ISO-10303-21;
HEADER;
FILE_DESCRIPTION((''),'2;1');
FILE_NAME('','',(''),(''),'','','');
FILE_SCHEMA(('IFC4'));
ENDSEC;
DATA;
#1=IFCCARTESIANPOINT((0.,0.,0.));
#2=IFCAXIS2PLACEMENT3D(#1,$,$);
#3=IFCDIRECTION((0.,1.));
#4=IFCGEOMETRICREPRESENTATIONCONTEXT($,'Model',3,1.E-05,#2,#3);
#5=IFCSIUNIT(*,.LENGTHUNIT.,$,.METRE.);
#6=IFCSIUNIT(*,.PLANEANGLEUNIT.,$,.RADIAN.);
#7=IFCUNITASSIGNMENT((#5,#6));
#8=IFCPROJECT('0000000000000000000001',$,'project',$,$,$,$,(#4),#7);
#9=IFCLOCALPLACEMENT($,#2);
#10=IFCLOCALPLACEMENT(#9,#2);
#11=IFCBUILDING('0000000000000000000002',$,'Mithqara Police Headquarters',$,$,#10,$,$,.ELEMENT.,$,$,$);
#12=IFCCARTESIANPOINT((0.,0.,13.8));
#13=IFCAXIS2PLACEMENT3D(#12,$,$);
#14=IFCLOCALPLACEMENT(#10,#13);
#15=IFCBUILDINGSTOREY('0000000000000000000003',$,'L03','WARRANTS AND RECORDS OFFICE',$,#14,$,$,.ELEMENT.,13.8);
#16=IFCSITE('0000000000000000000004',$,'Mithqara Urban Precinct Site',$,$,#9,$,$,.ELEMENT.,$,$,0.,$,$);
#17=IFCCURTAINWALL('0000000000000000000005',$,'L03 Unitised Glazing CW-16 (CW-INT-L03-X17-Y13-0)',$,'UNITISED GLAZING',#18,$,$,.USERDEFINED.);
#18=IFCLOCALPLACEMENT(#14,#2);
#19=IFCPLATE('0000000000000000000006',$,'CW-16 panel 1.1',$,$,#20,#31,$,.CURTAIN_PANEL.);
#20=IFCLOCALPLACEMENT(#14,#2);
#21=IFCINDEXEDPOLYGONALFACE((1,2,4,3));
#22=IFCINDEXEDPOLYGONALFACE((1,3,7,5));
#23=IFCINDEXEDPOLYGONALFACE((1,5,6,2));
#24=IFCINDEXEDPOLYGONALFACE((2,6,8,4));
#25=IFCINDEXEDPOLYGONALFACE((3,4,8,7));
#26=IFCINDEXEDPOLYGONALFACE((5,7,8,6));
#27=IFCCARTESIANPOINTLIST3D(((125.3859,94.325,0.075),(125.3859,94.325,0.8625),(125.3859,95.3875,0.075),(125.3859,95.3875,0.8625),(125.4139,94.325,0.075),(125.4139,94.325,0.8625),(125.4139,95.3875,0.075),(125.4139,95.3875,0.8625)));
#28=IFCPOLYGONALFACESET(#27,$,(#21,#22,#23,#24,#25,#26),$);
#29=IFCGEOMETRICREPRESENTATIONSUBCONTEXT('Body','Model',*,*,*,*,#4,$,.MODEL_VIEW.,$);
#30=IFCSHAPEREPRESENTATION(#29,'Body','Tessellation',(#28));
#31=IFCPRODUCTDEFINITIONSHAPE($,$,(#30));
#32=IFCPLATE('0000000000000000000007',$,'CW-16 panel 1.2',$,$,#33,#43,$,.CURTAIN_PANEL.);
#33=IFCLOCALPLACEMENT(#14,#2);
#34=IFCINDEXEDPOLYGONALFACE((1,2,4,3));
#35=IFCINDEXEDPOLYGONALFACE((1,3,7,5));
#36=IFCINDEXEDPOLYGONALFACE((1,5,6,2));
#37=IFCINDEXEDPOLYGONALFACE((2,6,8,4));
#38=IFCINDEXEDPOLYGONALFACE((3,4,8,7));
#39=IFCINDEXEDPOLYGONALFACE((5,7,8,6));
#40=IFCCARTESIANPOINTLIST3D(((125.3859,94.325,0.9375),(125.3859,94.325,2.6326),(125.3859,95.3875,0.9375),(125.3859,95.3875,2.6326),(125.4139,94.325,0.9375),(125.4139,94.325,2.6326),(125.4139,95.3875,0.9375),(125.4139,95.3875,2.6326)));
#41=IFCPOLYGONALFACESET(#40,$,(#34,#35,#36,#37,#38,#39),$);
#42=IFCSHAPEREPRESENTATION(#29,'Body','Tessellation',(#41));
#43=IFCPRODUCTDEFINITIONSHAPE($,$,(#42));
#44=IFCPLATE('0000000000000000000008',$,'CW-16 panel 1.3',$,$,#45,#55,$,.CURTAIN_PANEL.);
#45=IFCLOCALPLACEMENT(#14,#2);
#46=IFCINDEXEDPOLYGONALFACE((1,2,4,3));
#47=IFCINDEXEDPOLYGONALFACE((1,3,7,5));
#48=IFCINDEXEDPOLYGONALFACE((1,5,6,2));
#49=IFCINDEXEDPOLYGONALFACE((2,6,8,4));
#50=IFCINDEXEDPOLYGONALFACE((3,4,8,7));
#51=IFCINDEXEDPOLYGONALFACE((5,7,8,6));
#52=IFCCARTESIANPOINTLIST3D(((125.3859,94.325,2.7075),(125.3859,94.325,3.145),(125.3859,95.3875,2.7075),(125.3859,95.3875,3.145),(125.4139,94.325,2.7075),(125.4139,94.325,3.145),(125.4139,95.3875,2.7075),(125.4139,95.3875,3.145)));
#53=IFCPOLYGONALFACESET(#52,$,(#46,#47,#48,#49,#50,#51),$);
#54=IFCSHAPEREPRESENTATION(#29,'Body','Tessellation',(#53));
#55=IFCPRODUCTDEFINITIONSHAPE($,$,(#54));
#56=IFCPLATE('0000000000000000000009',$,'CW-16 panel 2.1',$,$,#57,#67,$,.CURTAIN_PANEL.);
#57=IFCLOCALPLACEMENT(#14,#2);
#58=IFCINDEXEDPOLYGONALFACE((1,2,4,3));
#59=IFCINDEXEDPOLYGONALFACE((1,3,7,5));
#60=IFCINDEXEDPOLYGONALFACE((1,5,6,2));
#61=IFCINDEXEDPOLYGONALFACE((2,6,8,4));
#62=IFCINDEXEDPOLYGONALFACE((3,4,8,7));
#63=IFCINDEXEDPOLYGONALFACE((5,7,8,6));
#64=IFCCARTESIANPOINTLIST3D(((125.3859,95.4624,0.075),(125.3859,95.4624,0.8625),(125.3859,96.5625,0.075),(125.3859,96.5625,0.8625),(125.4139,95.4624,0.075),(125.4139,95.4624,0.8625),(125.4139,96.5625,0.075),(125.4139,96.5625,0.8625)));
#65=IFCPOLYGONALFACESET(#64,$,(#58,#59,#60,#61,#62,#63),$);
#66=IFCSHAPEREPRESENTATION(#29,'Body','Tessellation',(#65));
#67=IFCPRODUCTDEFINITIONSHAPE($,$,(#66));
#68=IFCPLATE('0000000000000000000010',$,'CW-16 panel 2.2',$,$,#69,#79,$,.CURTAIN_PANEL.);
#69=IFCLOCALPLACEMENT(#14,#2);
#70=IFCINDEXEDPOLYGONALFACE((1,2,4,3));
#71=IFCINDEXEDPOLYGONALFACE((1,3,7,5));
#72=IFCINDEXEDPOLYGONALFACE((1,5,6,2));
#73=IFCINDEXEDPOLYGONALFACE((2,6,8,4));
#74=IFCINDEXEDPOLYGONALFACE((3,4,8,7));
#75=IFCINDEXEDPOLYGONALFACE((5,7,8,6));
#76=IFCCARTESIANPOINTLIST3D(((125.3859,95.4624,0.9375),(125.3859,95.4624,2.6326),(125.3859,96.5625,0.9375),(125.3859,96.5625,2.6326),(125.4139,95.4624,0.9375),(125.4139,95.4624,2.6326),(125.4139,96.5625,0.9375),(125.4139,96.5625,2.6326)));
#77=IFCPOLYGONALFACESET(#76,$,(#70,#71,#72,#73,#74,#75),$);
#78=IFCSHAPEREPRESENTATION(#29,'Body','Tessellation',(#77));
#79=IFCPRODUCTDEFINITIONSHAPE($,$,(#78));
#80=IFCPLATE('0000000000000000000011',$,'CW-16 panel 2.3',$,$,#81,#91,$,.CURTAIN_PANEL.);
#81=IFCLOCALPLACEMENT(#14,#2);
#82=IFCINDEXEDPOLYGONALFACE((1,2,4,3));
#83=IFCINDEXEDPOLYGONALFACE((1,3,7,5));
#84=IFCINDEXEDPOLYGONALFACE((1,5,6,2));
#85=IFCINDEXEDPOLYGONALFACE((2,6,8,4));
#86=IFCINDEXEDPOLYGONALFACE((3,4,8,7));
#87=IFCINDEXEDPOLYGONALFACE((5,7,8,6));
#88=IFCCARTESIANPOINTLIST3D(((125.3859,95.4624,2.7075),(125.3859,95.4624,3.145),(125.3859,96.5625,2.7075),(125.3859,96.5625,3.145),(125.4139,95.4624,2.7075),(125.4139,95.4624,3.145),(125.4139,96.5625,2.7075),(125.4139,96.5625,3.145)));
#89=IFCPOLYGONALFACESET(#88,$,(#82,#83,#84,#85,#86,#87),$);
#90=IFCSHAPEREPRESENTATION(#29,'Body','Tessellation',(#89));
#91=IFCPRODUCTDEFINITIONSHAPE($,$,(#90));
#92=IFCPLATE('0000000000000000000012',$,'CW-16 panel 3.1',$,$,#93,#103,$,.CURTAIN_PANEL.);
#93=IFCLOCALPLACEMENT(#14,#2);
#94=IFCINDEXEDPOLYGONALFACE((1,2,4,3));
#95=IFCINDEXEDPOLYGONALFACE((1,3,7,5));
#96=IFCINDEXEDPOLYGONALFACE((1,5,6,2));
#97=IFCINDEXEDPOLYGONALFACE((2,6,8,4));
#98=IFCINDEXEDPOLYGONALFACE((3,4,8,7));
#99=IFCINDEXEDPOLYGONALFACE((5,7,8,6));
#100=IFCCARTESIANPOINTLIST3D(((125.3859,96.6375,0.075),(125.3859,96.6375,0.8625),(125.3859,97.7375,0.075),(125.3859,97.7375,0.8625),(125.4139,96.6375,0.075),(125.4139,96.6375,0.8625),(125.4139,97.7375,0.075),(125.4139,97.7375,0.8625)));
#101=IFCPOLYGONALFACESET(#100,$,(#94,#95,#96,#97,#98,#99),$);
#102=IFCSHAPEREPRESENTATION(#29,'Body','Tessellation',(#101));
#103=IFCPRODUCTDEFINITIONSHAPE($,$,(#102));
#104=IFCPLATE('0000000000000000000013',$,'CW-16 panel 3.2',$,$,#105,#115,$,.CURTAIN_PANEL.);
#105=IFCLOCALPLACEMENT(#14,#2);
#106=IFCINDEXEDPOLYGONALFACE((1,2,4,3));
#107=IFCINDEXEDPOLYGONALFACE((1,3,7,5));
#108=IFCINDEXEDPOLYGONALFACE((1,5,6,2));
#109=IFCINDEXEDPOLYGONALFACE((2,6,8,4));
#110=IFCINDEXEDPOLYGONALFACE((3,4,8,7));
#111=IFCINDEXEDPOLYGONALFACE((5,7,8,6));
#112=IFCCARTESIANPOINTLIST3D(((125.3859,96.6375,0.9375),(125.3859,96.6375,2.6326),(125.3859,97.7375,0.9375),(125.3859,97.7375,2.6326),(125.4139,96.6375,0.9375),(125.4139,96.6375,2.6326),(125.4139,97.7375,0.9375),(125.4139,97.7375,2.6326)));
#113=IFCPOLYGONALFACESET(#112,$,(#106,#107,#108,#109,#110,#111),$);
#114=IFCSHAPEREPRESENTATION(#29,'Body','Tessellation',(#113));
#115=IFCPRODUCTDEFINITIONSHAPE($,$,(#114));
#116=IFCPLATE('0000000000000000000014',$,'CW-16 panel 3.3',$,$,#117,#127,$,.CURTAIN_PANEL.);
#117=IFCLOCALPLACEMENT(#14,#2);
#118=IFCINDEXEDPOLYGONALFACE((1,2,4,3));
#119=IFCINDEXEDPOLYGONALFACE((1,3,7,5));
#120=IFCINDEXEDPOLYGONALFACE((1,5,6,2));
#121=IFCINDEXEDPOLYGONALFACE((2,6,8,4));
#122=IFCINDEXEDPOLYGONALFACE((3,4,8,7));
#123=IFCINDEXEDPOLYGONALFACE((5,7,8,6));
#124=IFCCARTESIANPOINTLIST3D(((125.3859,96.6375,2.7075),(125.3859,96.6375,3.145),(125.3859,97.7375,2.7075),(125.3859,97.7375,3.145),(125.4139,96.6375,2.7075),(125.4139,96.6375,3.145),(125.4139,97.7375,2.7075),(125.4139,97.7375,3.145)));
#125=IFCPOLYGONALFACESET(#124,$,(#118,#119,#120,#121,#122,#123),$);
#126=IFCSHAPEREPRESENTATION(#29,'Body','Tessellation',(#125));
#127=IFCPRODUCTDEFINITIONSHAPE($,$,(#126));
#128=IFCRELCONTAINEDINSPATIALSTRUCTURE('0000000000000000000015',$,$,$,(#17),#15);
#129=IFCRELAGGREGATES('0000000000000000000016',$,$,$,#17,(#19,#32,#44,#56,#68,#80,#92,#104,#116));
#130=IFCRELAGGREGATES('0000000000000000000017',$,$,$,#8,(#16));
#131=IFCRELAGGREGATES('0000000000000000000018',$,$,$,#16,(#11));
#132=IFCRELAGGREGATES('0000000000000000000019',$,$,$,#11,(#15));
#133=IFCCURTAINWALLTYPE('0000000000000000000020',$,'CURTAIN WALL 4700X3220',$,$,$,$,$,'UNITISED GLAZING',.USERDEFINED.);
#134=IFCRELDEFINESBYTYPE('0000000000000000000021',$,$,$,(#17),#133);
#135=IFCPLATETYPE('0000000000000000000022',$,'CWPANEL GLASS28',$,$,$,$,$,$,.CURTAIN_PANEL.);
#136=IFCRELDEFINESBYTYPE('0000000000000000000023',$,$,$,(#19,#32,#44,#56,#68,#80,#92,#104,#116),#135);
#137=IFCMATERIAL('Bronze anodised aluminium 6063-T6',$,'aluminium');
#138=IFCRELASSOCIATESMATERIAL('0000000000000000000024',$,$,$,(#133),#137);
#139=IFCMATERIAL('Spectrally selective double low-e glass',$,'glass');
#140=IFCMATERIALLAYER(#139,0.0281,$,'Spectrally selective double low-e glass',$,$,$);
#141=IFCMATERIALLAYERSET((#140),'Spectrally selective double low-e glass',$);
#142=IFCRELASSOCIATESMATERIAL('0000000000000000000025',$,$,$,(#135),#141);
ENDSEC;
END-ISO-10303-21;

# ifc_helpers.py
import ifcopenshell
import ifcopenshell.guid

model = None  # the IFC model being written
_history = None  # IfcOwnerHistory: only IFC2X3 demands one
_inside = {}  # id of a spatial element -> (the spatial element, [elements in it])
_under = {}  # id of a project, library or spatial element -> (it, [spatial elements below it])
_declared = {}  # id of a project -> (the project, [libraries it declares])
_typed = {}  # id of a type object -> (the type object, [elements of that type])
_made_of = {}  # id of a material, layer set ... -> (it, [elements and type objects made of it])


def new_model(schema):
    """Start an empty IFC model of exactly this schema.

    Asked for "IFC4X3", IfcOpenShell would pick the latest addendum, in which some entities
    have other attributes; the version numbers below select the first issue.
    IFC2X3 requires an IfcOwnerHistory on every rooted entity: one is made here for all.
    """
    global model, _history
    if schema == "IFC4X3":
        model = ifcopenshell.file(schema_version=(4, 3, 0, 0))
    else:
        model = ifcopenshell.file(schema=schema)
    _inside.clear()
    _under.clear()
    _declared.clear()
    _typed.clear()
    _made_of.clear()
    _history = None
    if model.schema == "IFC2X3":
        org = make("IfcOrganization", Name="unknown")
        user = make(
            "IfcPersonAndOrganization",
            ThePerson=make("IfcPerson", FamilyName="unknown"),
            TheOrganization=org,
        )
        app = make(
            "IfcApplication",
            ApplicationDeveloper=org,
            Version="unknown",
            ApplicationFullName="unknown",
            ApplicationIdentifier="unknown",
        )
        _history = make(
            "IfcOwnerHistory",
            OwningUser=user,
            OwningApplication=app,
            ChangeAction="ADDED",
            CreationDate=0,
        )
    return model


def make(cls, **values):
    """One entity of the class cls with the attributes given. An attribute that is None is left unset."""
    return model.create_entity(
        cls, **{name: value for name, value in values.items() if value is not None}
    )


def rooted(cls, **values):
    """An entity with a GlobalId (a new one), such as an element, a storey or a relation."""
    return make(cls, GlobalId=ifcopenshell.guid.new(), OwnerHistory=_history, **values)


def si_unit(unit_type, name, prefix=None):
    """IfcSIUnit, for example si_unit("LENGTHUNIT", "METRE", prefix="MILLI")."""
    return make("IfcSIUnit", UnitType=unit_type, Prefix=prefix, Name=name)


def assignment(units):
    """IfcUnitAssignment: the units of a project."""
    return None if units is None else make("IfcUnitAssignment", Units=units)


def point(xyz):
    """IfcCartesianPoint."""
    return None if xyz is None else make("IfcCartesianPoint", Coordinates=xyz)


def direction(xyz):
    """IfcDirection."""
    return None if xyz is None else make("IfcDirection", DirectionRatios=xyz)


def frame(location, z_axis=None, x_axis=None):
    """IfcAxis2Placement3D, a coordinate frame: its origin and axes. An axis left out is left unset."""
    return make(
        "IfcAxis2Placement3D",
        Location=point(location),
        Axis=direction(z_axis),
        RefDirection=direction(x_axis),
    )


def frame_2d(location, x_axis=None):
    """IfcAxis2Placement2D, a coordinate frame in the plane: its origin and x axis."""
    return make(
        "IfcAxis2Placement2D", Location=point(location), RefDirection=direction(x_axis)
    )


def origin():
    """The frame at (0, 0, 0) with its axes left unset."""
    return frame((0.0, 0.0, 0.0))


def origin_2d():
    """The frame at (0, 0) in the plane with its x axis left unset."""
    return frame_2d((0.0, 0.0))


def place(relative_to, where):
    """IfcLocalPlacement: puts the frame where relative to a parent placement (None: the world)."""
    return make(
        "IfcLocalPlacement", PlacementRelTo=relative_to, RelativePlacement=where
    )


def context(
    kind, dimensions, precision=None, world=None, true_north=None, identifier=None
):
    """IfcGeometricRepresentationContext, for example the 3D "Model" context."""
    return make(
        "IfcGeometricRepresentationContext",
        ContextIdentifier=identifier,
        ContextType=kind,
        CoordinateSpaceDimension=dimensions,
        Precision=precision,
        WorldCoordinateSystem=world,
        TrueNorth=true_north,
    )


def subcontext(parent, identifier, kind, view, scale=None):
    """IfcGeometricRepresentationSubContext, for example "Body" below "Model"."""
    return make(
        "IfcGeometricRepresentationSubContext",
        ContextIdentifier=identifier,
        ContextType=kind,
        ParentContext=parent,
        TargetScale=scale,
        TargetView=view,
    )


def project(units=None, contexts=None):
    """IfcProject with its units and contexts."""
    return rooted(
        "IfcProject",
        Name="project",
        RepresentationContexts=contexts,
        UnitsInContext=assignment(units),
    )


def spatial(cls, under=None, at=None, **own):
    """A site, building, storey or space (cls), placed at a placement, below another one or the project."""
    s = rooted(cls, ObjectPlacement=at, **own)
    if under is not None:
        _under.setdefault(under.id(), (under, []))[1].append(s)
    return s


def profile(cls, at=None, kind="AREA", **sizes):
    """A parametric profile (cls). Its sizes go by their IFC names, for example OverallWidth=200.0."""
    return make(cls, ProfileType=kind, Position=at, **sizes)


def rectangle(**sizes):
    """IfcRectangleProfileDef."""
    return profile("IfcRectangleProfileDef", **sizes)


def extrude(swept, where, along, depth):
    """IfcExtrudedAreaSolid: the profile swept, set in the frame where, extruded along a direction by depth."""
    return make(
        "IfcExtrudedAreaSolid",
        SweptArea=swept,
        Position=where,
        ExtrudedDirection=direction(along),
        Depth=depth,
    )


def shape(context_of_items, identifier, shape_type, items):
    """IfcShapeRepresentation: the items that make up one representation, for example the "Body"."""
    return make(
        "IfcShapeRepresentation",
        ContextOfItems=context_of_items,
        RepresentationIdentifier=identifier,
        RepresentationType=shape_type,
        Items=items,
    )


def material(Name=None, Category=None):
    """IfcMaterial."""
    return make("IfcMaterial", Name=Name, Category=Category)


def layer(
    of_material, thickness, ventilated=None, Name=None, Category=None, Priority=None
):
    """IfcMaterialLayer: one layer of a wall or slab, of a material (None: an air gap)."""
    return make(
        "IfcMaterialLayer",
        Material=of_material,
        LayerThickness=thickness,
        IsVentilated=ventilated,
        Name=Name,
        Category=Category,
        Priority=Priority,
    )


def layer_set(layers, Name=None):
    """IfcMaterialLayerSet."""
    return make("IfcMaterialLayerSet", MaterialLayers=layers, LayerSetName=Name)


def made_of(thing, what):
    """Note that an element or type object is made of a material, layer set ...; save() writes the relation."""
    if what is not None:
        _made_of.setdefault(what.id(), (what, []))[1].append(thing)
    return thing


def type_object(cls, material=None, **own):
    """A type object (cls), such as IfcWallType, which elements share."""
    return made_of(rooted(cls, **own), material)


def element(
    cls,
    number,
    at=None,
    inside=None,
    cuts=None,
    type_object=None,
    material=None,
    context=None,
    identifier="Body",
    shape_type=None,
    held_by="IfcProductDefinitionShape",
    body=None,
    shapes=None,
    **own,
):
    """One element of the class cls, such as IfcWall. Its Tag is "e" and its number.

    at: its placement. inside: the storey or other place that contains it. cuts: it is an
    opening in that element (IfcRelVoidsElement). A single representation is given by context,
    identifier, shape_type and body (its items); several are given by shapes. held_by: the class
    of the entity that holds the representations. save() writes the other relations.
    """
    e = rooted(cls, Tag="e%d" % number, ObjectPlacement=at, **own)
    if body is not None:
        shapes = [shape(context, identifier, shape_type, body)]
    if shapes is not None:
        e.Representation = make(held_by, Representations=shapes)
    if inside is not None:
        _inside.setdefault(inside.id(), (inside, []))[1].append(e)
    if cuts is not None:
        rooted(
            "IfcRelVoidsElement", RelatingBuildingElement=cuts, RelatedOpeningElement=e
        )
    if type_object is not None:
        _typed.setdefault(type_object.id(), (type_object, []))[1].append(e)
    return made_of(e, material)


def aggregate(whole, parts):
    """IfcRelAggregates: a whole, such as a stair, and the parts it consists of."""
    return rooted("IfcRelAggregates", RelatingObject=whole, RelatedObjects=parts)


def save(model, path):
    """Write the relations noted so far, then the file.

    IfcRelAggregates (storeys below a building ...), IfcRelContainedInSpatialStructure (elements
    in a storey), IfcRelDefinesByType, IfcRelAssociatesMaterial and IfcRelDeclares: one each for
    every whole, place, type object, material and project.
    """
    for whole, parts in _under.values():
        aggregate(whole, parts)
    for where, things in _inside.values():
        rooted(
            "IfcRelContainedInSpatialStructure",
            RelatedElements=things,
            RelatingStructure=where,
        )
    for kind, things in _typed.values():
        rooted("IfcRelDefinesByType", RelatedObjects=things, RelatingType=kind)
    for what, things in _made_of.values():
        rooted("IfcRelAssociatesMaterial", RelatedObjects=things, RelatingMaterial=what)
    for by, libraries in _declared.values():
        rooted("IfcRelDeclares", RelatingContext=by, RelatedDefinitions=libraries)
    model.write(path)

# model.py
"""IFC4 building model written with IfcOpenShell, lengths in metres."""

from ifc_helpers import new_model, si_unit, direction, frame, origin, origin_2d, place, context, subcontext, project, spatial, rectangle, extrude, material, layer, layer_set, type_object, element, aggregate, save


model = new_model("IFC4")

# Units and contexts
model_context = context("Model", 3, precision=1e-05, world=origin(), true_north=direction((0.0, 1.0)))
body_context = subcontext(model_context, "Body", "Model", "MODEL_VIEW")
ifc_project = project(units=[si_unit("LENGTHUNIT", "METRE"), si_unit("PLANEANGLEUNIT", "RADIAN")], contexts=[model_context])

# Site, building, storey
site_placement = place(None, origin())
site = spatial("IfcSite", under=ifc_project, at=site_placement, Name="Mithqara Urban Precinct Site", CompositionType="ELEMENT", RefElevation=0.0)
building_placement = place(site_placement, origin())
building = spatial("IfcBuilding", under=site, at=building_placement, Name="Mithqara Police Headquarters", CompositionType="ELEMENT")
storey_placement = place(building_placement, frame((0.0, 0.0, 13.8)))
storey = spatial("IfcBuildingStorey", under=building, at=storey_placement, Name="L03", Description="WARRANTS AND RECORDS OFFICE", CompositionType="ELEMENT", Elevation=13.8)

# Curtain wall, plates
ifc_material_1 = material(Name="Bronze anodised aluminium 6063-T6", Category="aluminium")
curtain_wall_type = type_object("IfcCurtainWallType", Name="CURTAIN WALL 4700X3220", ElementType="UNITISED GLAZING", PredefinedType="USERDEFINED", material=ifc_material_1)
curtain_wall_placement = place(storey_placement, origin())
curtain_wall = element("IfcCurtainWall", 1, at=curtain_wall_placement, inside=storey, type_object=curtain_wall_type, Name="L03 Unitised Glazing CW-16 (CW-INT-L03-X17-Y13-0)", ObjectType="UNITISED GLAZING", PredefinedType="USERDEFINED")
ifc_material_2 = material(Name="Spectrally selective double low-e glass", Category="glass")
ifc_layer = layer(ifc_material_2, 0.0281, Name="Spectrally selective double low-e glass")
ifc_layer_set = layer_set([ifc_layer], Name="Spectrally selective double low-e glass")
plate_type = type_object("IfcPlateType", Name="CWPANEL GLASS28", PredefinedType="CURTAIN_PANEL", material=ifc_layer_set)
plate_1_placement = place(storey_placement, frame((125.3999, 94.8562, 0.075), z_axis=(0.0, 0.0, 1.0), x_axis=(0.0, 1.0, 0.0)))
plate_1 = element("IfcPlate", 2, at=plate_1_placement, type_object=plate_type, Name="CW-16 panel 1.1", PredefinedType="CURTAIN_PANEL", context=body_context, shape_type="SweptSolid", body=[
    extrude(rectangle(XDim=1.0625, YDim=0.0281, at=origin_2d()), origin(), (0.0, 0.0, 1.0), 0.7876),
])
plate_2_placement = place(storey_placement, frame((125.3999, 94.8562, 0.9375), z_axis=(0.0, 0.0, 1.0), x_axis=(0.0, 1.0, 0.0)))
plate_2 = element("IfcPlate", 3, at=plate_2_placement, type_object=plate_type, Name="CW-16 panel 1.2", PredefinedType="CURTAIN_PANEL", context=body_context, shape_type="SweptSolid", body=[
    extrude(rectangle(XDim=1.0625, YDim=0.0281, at=origin_2d()), origin(), (0.0, 0.0, 1.0), 1.6951),
])
plate_3_placement = place(storey_placement, frame((125.3999, 94.8562, 2.7075), z_axis=(0.0, 0.0, 1.0), x_axis=(0.0, 1.0, 0.0)))
plate_3 = element("IfcPlate", 4, at=plate_3_placement, type_object=plate_type, Name="CW-16 panel 1.3", PredefinedType="CURTAIN_PANEL", context=body_context, shape_type="SweptSolid", body=[
    extrude(rectangle(XDim=1.0625, YDim=0.0281, at=origin_2d()), origin(), (0.0, 0.0, 1.0), 0.4375),
])
plate_4_placement = place(storey_placement, frame((125.3999, 96.0125, 0.075), z_axis=(0.0, 0.0, 1.0), x_axis=(0.0, 1.0, 0.0)))
plate_4 = element("IfcPlate", 5, at=plate_4_placement, type_object=plate_type, Name="CW-16 panel 2.1", PredefinedType="CURTAIN_PANEL", context=body_context, shape_type="SweptSolid", body=[
    extrude(rectangle(XDim=1.1001, YDim=0.0281, at=origin_2d()), origin(), (0.0, 0.0, 1.0), 0.7876),
])
plate_5_placement = place(storey_placement, frame((125.3999, 96.0125, 0.9375), z_axis=(0.0, 0.0, 1.0), x_axis=(0.0, 1.0, 0.0)))
plate_5 = element("IfcPlate", 6, at=plate_5_placement, type_object=plate_type, Name="CW-16 panel 2.2", PredefinedType="CURTAIN_PANEL", context=body_context, shape_type="SweptSolid", body=[
    extrude(rectangle(XDim=1.1001, YDim=0.0281, at=origin_2d()), origin(), (0.0, 0.0, 1.0), 1.6951),
])
plate_6_placement = place(storey_placement, frame((125.3999, 96.0125, 2.7075), z_axis=(0.0, 0.0, 1.0), x_axis=(0.0, 1.0, 0.0)))
plate_6 = element("IfcPlate", 7, at=plate_6_placement, type_object=plate_type, Name="CW-16 panel 2.3", PredefinedType="CURTAIN_PANEL", context=body_context, shape_type="SweptSolid", body=[
    extrude(rectangle(XDim=1.1001, YDim=0.0281, at=origin_2d()), origin(), (0.0, 0.0, 1.0), 0.4375),
])
plate_7_placement = place(storey_placement, frame((125.3999, 97.1875, 0.075), z_axis=(0.0, 0.0, 1.0), x_axis=(0.0, 1.0, 0.0)))
plate_7 = element("IfcPlate", 8, at=plate_7_placement, type_object=plate_type, Name="CW-16 panel 3.1", PredefinedType="CURTAIN_PANEL", context=body_context, shape_type="SweptSolid", body=[
    extrude(rectangle(XDim=1.1001, YDim=0.0281, at=origin_2d()), origin(), (0.0, 0.0, 1.0), 0.7876),
])
plate_8_placement = place(storey_placement, frame((125.3999, 97.1875, 0.9375), z_axis=(0.0, 0.0, 1.0), x_axis=(0.0, 1.0, 0.0)))
plate_8 = element("IfcPlate", 9, at=plate_8_placement, type_object=plate_type, Name="CW-16 panel 3.2", PredefinedType="CURTAIN_PANEL", context=body_context, shape_type="SweptSolid", body=[
    extrude(rectangle(XDim=1.1001, YDim=0.0281, at=origin_2d()), origin(), (0.0, 0.0, 1.0), 1.6951),
])
plate_9_placement = place(storey_placement, frame((125.3999, 97.1875, 2.7075), z_axis=(0.0, 0.0, 1.0), x_axis=(0.0, 1.0, 0.0)))
plate_9 = element("IfcPlate", 10, at=plate_9_placement, type_object=plate_type, Name="CW-16 panel 3.3", PredefinedType="CURTAIN_PANEL", context=body_context, shape_type="SweptSolid", body=[
    extrude(rectangle(XDim=1.1001, YDim=0.0281, at=origin_2d()), origin(), (0.0, 0.0, 1.0), 0.4375),
])
aggregate(curtain_wall, [plate_1, plate_2, plate_3, plate_4, plate_5, plate_6, plate_7, plate_8, plate_9])

save(model, "model.ifc")
